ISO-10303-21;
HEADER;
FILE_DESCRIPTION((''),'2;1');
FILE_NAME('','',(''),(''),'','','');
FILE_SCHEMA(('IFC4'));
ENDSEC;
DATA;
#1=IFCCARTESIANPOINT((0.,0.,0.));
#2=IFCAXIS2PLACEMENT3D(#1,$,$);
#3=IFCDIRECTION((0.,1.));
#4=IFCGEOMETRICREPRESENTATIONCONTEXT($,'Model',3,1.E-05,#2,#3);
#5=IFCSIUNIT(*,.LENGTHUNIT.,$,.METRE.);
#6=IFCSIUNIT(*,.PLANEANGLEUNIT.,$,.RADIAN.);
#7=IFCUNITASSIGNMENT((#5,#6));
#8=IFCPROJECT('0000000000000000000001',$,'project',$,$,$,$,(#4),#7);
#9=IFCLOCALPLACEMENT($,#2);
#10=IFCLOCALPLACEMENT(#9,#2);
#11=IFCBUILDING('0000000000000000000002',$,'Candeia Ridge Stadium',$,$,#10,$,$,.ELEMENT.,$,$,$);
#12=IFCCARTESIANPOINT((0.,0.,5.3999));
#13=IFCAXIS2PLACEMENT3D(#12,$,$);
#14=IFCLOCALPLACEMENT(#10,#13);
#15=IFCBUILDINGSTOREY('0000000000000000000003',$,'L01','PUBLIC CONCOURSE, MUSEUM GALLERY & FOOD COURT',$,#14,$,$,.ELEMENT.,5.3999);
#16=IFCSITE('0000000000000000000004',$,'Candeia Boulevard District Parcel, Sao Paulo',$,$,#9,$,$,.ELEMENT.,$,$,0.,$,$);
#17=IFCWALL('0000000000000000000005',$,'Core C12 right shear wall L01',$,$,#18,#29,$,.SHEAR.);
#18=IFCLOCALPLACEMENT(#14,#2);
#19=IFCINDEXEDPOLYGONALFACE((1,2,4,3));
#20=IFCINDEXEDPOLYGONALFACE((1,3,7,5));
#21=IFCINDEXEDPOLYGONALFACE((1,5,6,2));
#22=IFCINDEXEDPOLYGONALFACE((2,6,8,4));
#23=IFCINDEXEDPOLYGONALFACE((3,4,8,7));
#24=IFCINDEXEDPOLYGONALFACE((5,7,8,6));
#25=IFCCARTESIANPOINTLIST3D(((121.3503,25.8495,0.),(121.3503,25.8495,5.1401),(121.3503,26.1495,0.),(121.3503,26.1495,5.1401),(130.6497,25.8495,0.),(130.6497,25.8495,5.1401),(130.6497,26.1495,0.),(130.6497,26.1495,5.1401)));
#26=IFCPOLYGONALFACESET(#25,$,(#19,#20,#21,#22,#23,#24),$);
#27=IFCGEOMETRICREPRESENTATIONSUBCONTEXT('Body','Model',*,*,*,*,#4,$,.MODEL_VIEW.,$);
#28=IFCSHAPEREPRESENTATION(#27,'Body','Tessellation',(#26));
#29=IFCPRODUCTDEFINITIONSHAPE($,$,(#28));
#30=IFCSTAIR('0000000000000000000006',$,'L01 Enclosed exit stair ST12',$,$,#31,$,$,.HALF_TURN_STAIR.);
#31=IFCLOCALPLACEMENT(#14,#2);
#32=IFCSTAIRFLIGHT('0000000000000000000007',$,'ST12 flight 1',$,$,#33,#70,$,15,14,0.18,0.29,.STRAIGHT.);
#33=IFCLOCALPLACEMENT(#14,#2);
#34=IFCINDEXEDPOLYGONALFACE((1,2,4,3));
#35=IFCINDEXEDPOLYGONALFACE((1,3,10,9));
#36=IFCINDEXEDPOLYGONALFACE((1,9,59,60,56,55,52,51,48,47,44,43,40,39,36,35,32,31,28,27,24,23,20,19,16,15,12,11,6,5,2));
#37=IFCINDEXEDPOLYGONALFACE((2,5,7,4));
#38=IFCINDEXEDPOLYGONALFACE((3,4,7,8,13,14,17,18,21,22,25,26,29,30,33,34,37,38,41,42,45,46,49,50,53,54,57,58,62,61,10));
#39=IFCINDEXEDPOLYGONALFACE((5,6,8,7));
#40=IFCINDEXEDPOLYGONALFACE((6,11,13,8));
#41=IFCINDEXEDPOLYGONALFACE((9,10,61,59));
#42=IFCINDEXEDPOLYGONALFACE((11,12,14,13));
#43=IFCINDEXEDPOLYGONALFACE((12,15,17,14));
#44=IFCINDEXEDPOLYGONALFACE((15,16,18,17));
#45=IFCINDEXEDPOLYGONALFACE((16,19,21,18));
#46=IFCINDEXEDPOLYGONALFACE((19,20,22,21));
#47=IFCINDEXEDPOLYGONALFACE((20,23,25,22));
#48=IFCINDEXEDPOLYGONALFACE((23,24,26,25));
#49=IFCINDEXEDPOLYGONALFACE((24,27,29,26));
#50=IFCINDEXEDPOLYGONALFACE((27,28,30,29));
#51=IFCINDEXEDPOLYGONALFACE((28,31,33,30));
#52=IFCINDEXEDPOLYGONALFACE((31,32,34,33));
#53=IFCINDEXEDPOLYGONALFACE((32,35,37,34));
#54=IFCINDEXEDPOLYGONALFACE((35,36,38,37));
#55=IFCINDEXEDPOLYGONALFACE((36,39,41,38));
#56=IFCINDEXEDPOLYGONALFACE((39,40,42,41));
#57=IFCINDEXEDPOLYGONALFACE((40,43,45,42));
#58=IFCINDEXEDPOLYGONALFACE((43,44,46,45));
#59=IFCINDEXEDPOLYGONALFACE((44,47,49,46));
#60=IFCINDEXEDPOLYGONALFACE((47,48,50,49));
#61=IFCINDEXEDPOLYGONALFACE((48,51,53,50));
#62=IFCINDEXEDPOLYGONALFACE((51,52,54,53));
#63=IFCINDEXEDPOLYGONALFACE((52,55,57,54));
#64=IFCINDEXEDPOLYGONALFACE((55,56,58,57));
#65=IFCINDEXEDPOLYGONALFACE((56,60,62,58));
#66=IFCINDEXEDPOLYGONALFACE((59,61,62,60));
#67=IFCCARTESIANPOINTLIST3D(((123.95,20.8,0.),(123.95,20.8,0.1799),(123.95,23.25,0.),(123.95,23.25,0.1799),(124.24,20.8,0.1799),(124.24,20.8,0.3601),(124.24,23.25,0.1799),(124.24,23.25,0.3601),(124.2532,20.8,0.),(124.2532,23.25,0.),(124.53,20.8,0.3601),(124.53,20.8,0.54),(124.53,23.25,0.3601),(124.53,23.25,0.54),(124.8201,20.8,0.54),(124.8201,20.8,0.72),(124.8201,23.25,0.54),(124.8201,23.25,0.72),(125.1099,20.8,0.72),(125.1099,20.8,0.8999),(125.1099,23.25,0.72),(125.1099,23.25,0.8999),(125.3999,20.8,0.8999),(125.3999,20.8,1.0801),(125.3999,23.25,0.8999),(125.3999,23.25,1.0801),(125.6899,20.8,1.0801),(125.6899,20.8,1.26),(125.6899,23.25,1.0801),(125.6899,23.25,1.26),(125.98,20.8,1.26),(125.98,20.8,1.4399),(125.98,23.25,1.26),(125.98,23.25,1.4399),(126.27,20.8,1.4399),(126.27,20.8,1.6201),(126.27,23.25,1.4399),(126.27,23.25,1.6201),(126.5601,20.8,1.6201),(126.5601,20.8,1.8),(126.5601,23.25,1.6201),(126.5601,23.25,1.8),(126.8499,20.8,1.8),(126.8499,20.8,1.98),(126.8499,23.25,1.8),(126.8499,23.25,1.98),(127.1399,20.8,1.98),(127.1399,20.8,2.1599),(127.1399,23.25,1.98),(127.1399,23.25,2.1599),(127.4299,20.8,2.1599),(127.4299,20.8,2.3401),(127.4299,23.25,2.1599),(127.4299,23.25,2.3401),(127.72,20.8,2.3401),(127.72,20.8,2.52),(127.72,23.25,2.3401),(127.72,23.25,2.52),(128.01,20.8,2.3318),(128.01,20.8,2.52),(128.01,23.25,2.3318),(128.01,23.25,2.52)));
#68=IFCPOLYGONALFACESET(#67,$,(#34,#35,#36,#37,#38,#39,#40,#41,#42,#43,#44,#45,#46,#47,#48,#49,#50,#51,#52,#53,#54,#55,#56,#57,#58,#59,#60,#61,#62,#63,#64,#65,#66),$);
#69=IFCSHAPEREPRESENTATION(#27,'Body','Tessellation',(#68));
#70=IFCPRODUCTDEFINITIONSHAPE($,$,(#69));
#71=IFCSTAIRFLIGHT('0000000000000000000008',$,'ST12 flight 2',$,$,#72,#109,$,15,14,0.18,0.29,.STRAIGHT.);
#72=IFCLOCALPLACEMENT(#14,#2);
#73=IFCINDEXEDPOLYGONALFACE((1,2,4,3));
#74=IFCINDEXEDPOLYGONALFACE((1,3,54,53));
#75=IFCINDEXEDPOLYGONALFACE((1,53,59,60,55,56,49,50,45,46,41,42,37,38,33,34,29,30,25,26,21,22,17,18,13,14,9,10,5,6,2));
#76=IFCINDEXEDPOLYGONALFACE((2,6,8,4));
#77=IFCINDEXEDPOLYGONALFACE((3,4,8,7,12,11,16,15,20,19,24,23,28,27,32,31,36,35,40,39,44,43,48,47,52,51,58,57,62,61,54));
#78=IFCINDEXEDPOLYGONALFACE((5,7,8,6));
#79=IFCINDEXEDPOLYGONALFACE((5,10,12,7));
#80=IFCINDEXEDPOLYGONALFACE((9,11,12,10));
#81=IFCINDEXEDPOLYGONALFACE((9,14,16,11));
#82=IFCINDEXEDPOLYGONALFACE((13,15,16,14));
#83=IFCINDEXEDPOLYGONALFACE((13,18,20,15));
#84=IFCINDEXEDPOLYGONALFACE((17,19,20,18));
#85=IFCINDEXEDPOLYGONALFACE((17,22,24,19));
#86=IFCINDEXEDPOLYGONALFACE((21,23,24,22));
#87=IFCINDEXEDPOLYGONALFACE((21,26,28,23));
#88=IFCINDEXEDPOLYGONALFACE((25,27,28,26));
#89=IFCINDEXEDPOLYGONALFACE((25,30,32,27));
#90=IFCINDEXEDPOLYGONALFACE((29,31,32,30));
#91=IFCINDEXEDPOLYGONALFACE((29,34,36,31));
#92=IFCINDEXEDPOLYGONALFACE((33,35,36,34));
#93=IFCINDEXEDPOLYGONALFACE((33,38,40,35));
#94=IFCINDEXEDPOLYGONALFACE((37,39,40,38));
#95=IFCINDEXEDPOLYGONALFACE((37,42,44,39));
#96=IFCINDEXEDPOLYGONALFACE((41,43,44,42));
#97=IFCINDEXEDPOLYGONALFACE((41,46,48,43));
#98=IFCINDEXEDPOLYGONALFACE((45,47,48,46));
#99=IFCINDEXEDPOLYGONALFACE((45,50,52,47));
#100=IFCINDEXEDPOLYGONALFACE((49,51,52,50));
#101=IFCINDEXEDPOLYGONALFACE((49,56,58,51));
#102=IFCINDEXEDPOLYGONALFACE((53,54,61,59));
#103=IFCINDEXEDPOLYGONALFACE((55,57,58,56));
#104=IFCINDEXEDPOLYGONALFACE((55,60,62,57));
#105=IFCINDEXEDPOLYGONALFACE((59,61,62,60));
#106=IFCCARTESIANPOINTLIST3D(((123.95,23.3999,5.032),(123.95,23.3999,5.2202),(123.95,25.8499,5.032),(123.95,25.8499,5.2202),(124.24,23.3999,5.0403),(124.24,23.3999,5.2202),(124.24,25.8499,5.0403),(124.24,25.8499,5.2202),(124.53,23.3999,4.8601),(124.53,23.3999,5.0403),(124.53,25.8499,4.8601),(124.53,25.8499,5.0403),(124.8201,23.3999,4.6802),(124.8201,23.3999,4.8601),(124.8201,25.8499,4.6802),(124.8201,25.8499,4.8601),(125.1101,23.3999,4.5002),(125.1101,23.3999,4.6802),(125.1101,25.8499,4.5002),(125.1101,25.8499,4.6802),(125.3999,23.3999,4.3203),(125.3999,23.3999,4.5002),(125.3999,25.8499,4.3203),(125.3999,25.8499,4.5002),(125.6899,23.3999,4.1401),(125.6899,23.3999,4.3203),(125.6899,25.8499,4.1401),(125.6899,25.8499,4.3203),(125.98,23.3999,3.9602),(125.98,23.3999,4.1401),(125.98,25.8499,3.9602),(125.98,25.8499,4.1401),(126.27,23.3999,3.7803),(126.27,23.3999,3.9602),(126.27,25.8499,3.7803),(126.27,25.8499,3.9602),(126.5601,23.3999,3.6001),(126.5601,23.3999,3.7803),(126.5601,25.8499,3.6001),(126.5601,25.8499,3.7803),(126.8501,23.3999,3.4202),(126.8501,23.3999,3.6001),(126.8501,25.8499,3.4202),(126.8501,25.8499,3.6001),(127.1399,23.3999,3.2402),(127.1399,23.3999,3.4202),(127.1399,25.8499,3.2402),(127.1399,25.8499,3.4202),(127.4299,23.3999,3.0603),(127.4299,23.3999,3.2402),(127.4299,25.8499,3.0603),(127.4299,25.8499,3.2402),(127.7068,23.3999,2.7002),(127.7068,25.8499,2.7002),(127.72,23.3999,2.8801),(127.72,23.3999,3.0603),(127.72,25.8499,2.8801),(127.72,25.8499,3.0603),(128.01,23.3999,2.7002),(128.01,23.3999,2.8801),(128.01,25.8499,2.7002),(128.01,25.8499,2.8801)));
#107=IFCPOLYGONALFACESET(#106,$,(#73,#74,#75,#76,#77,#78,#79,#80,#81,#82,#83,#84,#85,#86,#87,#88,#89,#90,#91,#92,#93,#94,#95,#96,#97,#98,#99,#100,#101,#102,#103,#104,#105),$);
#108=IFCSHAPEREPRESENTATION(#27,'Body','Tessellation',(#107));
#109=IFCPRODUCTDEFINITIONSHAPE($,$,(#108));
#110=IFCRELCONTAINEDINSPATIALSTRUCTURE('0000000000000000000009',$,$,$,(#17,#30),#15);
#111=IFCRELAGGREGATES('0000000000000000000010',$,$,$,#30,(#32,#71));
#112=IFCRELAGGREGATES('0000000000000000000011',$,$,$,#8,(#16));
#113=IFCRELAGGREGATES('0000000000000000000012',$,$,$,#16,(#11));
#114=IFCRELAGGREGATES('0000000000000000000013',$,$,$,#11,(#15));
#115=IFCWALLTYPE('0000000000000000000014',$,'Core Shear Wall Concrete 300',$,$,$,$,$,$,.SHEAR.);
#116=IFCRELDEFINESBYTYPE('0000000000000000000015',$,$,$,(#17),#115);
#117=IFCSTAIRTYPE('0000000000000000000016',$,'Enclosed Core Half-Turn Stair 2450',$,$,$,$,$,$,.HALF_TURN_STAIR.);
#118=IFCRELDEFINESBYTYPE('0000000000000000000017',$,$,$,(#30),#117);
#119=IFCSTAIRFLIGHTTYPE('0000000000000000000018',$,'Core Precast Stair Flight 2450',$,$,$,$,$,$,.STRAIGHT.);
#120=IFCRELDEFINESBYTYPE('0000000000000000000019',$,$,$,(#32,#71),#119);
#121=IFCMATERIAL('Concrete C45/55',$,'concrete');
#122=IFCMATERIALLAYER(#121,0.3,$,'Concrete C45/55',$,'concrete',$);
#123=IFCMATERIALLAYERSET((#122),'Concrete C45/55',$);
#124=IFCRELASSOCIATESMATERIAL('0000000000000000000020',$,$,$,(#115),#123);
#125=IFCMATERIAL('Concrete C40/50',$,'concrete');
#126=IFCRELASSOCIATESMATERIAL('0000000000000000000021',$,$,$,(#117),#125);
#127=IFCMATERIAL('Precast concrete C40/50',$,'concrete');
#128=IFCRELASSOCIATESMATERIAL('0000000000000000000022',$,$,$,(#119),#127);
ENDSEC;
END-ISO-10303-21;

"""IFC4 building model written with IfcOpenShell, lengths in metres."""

from ifc_helpers import new_model, si_unit, direction, frame, frame_2d, origin, place, context, subcontext, project, spatial, polyline, rectangle, outline, extrude, material, layer, layer_set, type_object, element, aggregate, save


model = new_model("IFC4")

# Units and contexts
model_context = context("Model", 3, precision=1e-05, world=origin(), true_north=direction((0.0, 1.0)))
body_context = subcontext(model_context, "Body", "Model", "MODEL_VIEW")
ifc_project = project(units=[si_unit("LENGTHUNIT", "METRE"), si_unit("PLANEANGLEUNIT", "RADIAN")], contexts=[model_context])

# Site, building, storey
site_placement = place(None, origin())
site = spatial("IfcSite", under=ifc_project, at=site_placement, Name="Candeia Boulevard District Parcel, Sao Paulo", CompositionType="ELEMENT", RefElevation=0.0)
building_placement = place(site_placement, origin())
building = spatial("IfcBuilding", under=site, at=building_placement, Name="Candeia Ridge Stadium", CompositionType="ELEMENT")
storey_placement = place(building_placement, frame((0.0, 0.0, 5.3999)))
storey = spatial("IfcBuildingStorey", under=building, at=storey_placement, Name="L01", Description="PUBLIC CONCOURSE, MUSEUM GALLERY & FOOD COURT", CompositionType="ELEMENT", Elevation=5.3999)

# Shared definitions
ifc_material_1 = material(Name="Concrete C45/55", Category="concrete")
ifc_material_2 = material(Name="Concrete C40/50", Category="concrete")

# Wall
ifc_layer_1 = layer(ifc_material_1, 0.3, Name="Concrete C45/55", Category="concrete")
ifc_layer_set_1 = layer_set([ifc_layer_1], Name="Concrete C45/55")
wall_type_1 = type_object("IfcWallType", Name="Core Shear Wall Concrete 300", PredefinedType="SHEAR", material=ifc_layer_set_1)
wall_1_placement = place(storey_placement, frame((130.6497, 25.9995, 0.0), z_axis=(0.0, 0.0, 1.0), x_axis=(-1.0, 0.0, 0.0)))
element("IfcWall", 1, at=wall_1_placement, inside=storey, type_object=wall_type_1, Name="Core C12 right shear wall L01", PredefinedType="SHEAR", context=body_context, shape_type="SweptSolid", body=[
    extrude(rectangle(XDim=9.2993, YDim=0.3, at=frame_2d((4.6497, 0.0))), origin(), (0.0, 0.0, 1.0), 5.1401),
])

# Stair, stair flights
stair_type = type_object("IfcStairType", Name="Enclosed Core Half-Turn Stair 2450", PredefinedType="HALF_TURN_STAIR", material=ifc_material_2)
stair_placement = place(storey_placement, origin())
stair = element("IfcStair", 2, at=stair_placement, inside=storey, type_object=stair_type, Name="L01 Enclosed exit stair ST12", PredefinedType="HALF_TURN_STAIR")
ifc_material_3 = material(Name="Precast concrete C40/50", Category="concrete")
stair_flight_type = type_object("IfcStairFlightType", Name="Core Precast Stair Flight 2450", PredefinedType="STRAIGHT", material=ifc_material_3)
stair_flight_1_placement = place(storey_placement, frame((123.95, 22.0249, 0.0), z_axis=(0.0, 0.0, 1.0), x_axis=(1.0, 0.0, 0.0)))
stair_flight_1 = element("IfcStairFlight", 3, at=stair_flight_1_placement, type_object=stair_flight_type, Name="ST12 flight 1", NumberOfRisers=15, NumberOfTreads=14, PredefinedType="STRAIGHT", RiserHeight=0.18, TreadLength=0.29, context=body_context, shape_type="SweptSolid", body=[
    extrude(outline(polyline([(0.0, 0.0), (0.0, 0.1799), (0.29, 0.1799), (0.29, 0.3601), (0.5801, 0.3601), (0.5801, 0.54), (0.8701, 0.54), (0.8701, 0.72), (1.1599, 0.72), (1.1599, 0.8999), (1.45, 0.8999), (1.45, 1.0801), (1.74, 1.0801), (1.74, 1.26), (2.03, 1.26), (2.03, 1.4399), (2.3201, 1.4399), (2.3201, 1.6201), (2.6101, 1.6201), (2.6101, 1.8), (2.8999, 1.8), (2.8999, 1.98), (3.1899, 1.98), (3.1899, 2.1599), (3.48, 2.1599), (3.48, 2.3401), (3.77, 2.3401), (3.77, 2.52), (4.0601, 2.52), (4.0601, 2.7), (4.0601, 2.3318), (0.3032, 0.0), (0.0, 0.0)])), frame((0.0, 1.2251, 0.0), z_axis=(0.0, -1.0, 0.0), x_axis=(1.0, 0.0, 0.0)), (0.0, 0.0, 1.0), 2.45),
])
stair_flight_2_placement = place(storey_placement, frame((128.01, 24.625, 2.7002), z_axis=(0.0, 0.0, 1.0), x_axis=(-1.0, 0.0, 0.0)))
stair_flight_2 = element("IfcStairFlight", 4, at=stair_flight_2_placement, type_object=stair_flight_type, Name="ST12 flight 2", NumberOfRisers=15, NumberOfTreads=14, PredefinedType="STRAIGHT", RiserHeight=0.18, TreadLength=0.29, context=body_context, shape_type="SweptSolid", body=[
    extrude(outline(polyline([(0.0, 0.0), (0.0, 0.1799), (0.29, 0.1799), (0.29, 0.3601), (0.5801, 0.3601), (0.5801, 0.54), (0.8701, 0.54), (0.8701, 0.72), (1.1599, 0.72), (1.1599, 0.8999), (1.45, 0.8999), (1.45, 1.0801), (1.74, 1.0801), (1.74, 1.26), (2.03, 1.26), (2.03, 1.4399), (2.3201, 1.4399), (2.3201, 1.6201), (2.6101, 1.6201), (2.6101, 1.8), (2.8999, 1.8), (2.8999, 1.98), (3.1899, 1.98), (3.1899, 2.1599), (3.48, 2.1599), (3.48, 2.3401), (3.77, 2.3401), (3.77, 2.52), (4.0601, 2.52), (4.0601, 2.7), (4.0601, 2.3318), (0.3032, 0.0), (0.0, 0.0)])), frame((0.0, 1.2251, 0.0), z_axis=(0.0, -1.0, 0.0), x_axis=(1.0, 0.0, 0.0)), (0.0, 0.0, 1.0), 2.45),
])
aggregate(stair, [stair_flight_1, stair_flight_2])

save(model, "model.ifc")
